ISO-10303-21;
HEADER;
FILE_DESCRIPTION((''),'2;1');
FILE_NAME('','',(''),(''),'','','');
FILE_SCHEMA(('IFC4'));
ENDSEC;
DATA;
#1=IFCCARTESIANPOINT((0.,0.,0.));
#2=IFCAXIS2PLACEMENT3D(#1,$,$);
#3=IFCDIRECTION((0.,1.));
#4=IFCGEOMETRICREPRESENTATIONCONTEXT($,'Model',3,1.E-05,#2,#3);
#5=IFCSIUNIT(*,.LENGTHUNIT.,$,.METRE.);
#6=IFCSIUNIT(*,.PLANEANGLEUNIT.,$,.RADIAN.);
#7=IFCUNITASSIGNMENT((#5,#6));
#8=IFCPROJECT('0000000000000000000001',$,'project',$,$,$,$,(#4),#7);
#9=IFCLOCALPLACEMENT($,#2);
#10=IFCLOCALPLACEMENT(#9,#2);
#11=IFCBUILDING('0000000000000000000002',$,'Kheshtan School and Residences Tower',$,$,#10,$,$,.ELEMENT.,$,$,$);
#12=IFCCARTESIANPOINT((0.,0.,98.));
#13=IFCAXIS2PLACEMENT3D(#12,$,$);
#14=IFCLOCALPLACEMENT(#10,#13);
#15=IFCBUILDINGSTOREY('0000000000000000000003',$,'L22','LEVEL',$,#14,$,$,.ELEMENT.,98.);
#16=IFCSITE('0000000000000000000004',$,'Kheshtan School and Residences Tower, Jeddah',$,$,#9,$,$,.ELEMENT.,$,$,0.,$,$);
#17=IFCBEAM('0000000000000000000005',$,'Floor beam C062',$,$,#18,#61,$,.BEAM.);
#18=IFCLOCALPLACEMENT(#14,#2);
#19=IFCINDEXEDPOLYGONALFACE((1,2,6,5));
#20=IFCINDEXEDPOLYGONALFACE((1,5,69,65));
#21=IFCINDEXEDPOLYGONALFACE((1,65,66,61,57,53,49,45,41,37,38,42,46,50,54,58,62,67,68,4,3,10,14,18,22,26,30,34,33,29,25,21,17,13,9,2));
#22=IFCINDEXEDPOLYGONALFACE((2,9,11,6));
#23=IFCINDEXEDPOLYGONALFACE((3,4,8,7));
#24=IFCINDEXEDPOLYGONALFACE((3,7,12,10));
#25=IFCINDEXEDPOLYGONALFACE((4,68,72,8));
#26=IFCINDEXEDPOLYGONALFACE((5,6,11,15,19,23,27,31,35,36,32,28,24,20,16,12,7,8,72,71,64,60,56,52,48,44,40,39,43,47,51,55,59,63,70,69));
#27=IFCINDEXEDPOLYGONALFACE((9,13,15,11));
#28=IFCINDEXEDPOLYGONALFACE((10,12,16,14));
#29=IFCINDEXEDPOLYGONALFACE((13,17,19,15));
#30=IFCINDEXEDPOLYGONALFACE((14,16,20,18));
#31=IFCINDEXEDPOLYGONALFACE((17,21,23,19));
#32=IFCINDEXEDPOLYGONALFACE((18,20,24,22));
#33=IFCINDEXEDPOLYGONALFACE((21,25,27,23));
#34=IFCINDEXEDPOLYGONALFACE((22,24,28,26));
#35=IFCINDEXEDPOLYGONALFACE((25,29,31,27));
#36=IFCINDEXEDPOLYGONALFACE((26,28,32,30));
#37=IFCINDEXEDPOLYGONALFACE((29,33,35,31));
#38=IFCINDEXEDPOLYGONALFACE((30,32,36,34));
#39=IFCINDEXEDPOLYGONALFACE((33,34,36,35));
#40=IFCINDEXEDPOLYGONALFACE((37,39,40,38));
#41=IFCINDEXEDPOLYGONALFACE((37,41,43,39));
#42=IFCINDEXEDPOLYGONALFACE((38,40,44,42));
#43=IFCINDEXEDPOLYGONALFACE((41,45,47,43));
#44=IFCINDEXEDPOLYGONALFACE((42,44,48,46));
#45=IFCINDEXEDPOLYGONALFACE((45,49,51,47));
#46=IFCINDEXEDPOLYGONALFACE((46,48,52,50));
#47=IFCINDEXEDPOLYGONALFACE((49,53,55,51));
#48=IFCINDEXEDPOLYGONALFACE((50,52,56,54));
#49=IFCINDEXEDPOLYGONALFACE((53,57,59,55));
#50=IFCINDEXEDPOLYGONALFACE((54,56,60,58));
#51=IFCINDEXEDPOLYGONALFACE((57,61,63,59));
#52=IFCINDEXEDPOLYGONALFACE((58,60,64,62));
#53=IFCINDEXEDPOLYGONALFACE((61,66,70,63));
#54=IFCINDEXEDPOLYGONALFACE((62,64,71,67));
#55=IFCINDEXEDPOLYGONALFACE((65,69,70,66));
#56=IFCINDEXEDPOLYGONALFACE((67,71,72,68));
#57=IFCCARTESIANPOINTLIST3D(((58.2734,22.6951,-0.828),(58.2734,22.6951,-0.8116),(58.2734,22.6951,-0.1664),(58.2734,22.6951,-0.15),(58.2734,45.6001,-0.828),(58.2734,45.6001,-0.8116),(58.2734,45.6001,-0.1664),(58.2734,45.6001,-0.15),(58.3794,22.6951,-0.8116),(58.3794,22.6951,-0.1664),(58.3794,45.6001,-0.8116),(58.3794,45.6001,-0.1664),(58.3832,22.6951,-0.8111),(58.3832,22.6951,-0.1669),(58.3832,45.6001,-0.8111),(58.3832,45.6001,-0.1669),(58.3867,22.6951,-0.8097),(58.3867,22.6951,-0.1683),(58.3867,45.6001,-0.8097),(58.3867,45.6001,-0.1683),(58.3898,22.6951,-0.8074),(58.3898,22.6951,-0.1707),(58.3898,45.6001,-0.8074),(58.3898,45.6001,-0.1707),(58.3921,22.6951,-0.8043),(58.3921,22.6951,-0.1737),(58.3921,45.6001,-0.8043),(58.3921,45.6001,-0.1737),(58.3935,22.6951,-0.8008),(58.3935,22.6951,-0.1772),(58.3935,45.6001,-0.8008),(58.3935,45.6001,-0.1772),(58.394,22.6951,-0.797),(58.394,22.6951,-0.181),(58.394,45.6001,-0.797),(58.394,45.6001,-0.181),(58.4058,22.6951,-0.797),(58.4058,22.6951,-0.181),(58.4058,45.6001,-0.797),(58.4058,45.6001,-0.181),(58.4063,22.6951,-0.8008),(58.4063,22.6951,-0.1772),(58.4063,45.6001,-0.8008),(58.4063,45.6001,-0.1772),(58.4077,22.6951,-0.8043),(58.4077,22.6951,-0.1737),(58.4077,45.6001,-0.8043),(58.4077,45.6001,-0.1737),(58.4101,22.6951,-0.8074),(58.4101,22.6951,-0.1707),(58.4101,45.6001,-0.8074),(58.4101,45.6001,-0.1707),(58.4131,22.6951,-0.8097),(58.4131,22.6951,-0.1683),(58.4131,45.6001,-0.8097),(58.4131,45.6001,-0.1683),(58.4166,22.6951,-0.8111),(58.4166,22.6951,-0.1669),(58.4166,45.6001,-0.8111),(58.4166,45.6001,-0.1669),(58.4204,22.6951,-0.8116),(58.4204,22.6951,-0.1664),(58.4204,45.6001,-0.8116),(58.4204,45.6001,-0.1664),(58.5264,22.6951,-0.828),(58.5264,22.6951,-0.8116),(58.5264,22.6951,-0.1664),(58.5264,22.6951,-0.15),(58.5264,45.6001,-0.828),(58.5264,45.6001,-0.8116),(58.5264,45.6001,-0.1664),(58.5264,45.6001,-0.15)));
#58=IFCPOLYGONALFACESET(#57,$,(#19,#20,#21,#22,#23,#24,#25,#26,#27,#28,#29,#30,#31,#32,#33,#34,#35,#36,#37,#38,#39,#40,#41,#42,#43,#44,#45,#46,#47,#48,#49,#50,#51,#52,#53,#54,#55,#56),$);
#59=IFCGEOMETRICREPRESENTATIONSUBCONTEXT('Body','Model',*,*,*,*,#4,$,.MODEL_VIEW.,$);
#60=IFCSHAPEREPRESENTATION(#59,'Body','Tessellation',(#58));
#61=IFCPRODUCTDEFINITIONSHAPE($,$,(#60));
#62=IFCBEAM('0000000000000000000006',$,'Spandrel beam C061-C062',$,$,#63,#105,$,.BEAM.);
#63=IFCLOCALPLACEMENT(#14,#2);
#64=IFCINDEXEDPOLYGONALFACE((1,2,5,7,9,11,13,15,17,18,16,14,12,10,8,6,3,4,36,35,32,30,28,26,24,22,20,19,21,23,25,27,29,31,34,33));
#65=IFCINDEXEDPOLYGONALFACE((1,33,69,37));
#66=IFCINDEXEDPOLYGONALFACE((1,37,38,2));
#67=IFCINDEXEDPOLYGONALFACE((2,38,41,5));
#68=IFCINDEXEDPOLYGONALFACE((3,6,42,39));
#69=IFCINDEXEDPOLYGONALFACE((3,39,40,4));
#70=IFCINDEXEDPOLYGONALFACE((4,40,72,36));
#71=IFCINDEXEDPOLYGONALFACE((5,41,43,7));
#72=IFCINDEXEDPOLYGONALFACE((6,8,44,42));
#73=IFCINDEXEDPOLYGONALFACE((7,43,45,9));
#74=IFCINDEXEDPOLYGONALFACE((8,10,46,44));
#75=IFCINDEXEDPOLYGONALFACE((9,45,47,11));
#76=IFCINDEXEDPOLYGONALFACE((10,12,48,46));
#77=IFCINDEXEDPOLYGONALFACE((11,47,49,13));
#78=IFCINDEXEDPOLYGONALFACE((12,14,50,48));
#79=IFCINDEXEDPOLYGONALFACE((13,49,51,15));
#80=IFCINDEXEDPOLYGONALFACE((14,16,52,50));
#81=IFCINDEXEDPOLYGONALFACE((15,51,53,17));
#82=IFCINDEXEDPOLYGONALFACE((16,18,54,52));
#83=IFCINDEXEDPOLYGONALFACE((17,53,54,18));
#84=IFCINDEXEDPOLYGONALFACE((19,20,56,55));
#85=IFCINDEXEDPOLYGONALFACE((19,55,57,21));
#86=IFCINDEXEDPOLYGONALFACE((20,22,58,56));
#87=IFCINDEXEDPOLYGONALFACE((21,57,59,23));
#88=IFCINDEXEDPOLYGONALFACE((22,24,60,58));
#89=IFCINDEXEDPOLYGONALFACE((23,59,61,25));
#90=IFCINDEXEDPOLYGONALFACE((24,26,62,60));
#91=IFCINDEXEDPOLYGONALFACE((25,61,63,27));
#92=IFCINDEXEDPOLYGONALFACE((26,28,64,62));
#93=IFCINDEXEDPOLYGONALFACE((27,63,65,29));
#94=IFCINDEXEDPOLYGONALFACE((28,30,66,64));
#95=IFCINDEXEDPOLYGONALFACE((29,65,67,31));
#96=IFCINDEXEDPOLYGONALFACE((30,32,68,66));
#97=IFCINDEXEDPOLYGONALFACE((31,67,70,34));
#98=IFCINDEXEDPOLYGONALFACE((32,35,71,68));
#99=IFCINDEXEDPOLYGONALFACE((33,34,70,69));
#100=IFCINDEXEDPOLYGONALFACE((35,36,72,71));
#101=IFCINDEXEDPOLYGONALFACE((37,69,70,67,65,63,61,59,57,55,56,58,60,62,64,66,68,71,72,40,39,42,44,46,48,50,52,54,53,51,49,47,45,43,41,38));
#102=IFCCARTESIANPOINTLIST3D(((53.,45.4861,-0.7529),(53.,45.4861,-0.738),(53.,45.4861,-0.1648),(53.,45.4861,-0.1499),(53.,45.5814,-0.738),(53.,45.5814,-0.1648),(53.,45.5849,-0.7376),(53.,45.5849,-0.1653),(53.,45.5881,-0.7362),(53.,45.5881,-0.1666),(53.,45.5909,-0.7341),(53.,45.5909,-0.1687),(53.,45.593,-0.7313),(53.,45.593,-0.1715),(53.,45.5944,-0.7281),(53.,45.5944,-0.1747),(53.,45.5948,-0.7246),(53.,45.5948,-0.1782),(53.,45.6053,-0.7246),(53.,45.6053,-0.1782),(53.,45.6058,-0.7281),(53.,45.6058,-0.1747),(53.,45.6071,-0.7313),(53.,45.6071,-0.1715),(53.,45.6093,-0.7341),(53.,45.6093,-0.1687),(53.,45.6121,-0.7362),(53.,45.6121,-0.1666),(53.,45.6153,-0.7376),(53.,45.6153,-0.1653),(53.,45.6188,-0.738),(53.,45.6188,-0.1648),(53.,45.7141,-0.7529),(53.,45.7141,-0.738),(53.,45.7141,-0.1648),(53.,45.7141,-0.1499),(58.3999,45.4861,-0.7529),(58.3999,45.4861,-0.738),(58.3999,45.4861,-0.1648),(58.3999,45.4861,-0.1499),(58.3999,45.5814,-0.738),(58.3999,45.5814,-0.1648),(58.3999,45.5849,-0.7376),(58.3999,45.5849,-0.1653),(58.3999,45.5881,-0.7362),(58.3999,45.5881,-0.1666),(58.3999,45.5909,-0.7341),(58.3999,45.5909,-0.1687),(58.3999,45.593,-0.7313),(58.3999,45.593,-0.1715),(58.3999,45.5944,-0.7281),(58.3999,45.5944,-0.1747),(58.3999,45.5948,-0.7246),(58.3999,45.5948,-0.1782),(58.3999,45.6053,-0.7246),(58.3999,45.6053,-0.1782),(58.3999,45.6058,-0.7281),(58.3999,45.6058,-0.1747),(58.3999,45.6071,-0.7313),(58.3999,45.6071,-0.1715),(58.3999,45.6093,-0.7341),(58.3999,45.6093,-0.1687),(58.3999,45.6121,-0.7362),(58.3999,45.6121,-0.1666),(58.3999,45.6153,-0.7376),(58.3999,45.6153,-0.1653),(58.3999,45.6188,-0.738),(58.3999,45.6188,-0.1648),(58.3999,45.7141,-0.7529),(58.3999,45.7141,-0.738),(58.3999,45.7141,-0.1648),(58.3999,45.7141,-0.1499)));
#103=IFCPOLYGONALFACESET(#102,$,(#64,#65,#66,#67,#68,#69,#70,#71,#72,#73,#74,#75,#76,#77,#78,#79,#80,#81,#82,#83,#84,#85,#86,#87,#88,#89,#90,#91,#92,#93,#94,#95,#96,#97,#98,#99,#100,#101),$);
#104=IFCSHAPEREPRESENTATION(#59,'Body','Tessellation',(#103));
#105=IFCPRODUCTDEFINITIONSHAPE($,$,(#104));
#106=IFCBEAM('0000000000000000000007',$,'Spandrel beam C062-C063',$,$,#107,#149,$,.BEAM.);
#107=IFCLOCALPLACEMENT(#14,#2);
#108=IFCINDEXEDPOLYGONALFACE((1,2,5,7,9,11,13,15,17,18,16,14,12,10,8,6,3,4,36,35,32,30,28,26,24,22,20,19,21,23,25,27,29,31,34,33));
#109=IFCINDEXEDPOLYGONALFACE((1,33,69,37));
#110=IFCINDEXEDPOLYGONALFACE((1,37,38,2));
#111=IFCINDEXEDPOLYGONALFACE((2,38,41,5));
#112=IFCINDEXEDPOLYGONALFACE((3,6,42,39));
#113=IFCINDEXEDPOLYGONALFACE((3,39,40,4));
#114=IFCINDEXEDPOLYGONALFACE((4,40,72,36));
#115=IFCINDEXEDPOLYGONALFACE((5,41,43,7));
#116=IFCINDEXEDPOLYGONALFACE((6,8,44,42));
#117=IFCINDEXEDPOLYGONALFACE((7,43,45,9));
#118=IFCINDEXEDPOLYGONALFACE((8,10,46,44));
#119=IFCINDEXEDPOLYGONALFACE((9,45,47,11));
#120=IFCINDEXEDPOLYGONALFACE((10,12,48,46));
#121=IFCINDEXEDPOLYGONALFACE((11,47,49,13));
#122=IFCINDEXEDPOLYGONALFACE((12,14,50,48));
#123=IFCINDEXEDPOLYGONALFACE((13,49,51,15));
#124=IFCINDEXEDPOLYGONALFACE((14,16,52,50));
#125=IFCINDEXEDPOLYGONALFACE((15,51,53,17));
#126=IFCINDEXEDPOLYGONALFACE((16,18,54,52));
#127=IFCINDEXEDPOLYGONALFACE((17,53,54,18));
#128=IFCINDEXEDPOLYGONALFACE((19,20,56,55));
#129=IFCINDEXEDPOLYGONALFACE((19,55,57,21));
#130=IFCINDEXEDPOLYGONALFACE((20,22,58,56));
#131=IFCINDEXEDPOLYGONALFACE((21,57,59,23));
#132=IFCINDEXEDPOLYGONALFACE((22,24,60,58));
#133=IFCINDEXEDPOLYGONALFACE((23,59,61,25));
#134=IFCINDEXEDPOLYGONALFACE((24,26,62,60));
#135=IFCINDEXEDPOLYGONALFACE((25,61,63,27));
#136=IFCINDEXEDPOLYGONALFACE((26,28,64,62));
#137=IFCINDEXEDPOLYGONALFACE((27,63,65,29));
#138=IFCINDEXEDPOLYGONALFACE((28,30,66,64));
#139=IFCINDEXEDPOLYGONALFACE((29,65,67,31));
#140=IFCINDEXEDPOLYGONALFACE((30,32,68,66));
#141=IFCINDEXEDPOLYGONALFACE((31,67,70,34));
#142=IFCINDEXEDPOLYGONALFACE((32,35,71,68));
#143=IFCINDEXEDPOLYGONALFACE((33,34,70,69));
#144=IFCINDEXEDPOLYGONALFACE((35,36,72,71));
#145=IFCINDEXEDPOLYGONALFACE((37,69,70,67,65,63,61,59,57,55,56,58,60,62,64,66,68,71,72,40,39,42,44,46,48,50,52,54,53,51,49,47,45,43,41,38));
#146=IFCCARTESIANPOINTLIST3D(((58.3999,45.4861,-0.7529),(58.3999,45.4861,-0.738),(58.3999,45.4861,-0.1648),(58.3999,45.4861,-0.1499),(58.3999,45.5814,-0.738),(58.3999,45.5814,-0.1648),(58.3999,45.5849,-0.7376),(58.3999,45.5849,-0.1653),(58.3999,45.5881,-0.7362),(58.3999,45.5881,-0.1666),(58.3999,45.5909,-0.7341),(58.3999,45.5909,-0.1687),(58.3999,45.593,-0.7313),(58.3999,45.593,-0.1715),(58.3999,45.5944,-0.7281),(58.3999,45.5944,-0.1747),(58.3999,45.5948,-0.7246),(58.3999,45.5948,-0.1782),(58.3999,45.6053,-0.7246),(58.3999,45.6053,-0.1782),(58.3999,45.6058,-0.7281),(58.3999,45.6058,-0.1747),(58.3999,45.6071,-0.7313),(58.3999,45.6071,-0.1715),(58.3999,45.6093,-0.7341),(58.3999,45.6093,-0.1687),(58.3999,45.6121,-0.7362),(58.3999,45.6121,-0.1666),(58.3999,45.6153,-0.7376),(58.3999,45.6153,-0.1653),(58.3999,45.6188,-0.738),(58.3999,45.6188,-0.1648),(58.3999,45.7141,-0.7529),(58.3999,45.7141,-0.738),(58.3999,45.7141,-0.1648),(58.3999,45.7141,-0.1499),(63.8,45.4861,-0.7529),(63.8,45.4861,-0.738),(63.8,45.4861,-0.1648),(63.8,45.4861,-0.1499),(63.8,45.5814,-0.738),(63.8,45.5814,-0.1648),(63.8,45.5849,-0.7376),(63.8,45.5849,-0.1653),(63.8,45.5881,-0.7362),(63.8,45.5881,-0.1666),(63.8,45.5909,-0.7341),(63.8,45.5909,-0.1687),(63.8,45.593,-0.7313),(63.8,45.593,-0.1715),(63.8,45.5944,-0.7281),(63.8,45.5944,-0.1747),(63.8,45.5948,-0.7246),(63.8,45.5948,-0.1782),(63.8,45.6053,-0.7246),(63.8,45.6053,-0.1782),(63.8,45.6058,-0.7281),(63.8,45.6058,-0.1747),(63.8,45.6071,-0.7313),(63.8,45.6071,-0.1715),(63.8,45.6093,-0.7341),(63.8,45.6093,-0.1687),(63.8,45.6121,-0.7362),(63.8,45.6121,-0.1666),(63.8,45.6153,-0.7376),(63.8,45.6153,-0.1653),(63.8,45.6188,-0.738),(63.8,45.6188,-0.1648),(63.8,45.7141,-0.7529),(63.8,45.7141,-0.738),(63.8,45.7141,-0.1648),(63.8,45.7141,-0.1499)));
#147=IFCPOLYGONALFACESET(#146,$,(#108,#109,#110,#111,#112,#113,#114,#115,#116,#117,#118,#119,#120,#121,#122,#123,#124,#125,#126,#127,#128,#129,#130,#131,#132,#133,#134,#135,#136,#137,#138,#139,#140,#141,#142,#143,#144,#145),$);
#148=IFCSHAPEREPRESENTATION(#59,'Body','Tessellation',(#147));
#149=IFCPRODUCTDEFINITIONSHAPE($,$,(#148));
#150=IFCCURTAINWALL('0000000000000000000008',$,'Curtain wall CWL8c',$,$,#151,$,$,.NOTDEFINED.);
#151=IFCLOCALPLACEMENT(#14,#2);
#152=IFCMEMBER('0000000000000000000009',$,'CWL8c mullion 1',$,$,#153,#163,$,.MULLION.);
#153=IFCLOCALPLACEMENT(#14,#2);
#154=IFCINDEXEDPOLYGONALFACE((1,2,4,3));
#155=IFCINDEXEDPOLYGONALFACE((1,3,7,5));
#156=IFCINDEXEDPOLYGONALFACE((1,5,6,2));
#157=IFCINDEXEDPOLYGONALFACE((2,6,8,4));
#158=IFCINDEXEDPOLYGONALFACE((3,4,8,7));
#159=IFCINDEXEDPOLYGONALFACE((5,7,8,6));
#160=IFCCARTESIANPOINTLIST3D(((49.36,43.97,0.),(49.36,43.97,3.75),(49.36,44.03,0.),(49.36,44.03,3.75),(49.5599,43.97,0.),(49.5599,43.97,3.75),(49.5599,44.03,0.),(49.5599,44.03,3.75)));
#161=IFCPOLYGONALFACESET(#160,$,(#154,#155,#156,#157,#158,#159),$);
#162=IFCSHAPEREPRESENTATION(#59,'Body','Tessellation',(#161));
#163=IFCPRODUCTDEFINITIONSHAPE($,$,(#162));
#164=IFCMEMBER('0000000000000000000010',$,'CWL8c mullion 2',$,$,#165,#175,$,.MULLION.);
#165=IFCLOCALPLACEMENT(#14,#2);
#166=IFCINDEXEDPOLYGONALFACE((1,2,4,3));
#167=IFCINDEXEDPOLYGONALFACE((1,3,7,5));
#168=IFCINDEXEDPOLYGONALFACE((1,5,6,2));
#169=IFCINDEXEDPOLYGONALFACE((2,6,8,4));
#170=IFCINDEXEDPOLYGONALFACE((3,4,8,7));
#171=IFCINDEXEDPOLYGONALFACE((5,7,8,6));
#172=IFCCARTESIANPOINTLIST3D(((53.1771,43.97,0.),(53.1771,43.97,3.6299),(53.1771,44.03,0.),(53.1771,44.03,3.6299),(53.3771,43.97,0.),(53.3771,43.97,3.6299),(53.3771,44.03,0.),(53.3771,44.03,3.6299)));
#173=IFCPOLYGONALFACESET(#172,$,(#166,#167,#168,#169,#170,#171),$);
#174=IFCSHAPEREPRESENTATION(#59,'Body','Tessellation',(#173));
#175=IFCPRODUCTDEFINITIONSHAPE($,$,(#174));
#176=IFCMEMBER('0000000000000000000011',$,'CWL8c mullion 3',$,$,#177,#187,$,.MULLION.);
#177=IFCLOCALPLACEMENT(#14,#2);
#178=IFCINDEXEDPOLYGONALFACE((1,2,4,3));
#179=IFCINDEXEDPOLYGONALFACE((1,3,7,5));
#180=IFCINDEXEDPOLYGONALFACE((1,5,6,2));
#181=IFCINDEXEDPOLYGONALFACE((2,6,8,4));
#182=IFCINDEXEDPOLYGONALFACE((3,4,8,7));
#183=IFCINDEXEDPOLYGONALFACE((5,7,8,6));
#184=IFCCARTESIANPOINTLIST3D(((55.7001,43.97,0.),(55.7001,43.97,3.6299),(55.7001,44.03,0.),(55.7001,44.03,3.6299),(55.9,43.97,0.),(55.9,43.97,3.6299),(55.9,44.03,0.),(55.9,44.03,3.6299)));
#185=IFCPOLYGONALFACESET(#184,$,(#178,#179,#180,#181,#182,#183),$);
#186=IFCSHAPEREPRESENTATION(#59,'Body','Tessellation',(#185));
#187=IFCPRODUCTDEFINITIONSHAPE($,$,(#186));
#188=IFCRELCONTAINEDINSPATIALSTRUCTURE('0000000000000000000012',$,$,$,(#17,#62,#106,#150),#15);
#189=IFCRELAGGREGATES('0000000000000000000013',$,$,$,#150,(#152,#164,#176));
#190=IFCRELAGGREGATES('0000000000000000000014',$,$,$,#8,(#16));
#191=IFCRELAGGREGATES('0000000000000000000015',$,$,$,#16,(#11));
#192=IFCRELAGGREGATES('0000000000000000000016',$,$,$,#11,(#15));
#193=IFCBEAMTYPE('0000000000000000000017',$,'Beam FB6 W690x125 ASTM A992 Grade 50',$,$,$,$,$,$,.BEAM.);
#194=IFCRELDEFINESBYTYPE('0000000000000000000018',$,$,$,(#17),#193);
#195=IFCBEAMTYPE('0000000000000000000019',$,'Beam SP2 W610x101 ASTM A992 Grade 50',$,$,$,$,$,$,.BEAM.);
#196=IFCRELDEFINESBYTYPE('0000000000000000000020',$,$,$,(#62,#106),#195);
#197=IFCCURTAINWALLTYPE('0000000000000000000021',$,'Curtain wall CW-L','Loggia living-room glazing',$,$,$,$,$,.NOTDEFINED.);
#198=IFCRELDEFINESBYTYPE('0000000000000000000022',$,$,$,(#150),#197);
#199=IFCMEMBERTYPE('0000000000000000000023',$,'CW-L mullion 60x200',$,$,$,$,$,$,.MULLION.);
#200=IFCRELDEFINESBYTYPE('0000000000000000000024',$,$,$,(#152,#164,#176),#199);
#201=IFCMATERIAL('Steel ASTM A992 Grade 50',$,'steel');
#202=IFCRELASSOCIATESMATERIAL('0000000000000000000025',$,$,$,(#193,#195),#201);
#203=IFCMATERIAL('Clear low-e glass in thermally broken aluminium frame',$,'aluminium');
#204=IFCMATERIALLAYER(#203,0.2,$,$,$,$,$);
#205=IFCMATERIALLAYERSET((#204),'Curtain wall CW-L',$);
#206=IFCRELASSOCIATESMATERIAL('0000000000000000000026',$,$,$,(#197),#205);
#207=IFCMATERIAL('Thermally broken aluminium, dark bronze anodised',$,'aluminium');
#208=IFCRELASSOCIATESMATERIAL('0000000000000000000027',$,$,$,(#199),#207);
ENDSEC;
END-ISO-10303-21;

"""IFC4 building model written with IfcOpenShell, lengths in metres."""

from ifc_helpers import new_model, si_unit, direction, frame, origin, origin_2d, place, context, subcontext, project, spatial, rectangle, i_section, extrude, material, layer, layer_set, material_profile, profile_set, type_object, element, aggregate, save


model = new_model("IFC4")

# Units and contexts
model_context = context("Model", 3, precision=1e-05, world=origin(), true_north=direction((0.0, 1.0)))
body_context = subcontext(model_context, "Body", "Model", "MODEL_VIEW")
ifc_project = project(units=[si_unit("LENGTHUNIT", "METRE"), si_unit("PLANEANGLEUNIT", "RADIAN")], contexts=[model_context])

# Site, building, storey
site_placement = place(None, origin())
site = spatial("IfcSite", under=ifc_project, at=site_placement, Name="Kheshtan School and Residences Tower, Jeddah", CompositionType="ELEMENT", RefElevation=0.0)
building_placement = place(site_placement, origin())
building = spatial("IfcBuilding", under=site, at=building_placement, Name="Kheshtan School and Residences Tower", CompositionType="ELEMENT")
storey_placement = place(building_placement, frame((0.0, 0.0, 98.0)))
storey = spatial("IfcBuildingStorey", under=building, at=storey_placement, Name="L22", Description="LEVEL", CompositionType="ELEMENT", Elevation=98.0)

# Shared definitions
ifc_material_1 = material(Name="Steel ASTM A992 Grade 50", Category="steel")

# Beams
ifc_material_profile_1 = material_profile(ifc_material_1, i_section(OverallWidth=0.2529, OverallDepth=0.678, WebThickness=0.0117, FlangeThickness=0.0164, FilletRadius=0.0146, at=origin_2d()), Name="W690x125")
ifc_profile_set_1 = profile_set([ifc_material_profile_1], Name="Steel ASTM A992 Grade 50")
beam_type_1 = type_object("IfcBeamType", Name="Beam FB6 W690x125 ASTM A992 Grade 50", PredefinedType="BEAM", material=ifc_profile_set_1)
beam_1_placement = place(storey_placement, frame((58.3999, 45.6001, -0.489), z_axis=(0.0, -1.0, 0.0), x_axis=(1.0, 0.0, 0.0)))
element("IfcBeam", 1, at=beam_1_placement, inside=storey, type_object=beam_type_1, Name="Floor beam C062", PredefinedType="BEAM", context=body_context, shape_type="SweptSolid", body=[
    extrude(i_section(OverallWidth=0.2529, OverallDepth=0.678, WebThickness=0.0117, FlangeThickness=0.0164, FilletRadius=0.0146, at=origin_2d()), origin(), (0.0, 0.0, 1.0), 22.905),
])
ifc_material_profile_2 = material_profile(ifc_material_1, i_section(OverallWidth=0.228, OverallDepth=0.603, WebThickness=0.0105, FlangeThickness=0.0149, FilletRadius=0.0134, at=origin_2d()), Name="W610x101")
ifc_profile_set_2 = profile_set([ifc_material_profile_2], Name="Steel ASTM A992 Grade 50")
beam_type_2 = type_object("IfcBeamType", Name="Beam SP2 W610x101 ASTM A992 Grade 50", PredefinedType="BEAM", material=ifc_profile_set_2)
beam_2_placement = place(storey_placement, frame((53.0, 45.6001, -0.4514), z_axis=(1.0, 0.0, 0.0), x_axis=(0.0, 1.0, 0.0)))
element("IfcBeam", 2, at=beam_2_placement, inside=storey, type_object=beam_type_2, Name="Spandrel beam C061-C062", PredefinedType="BEAM", context=body_context, shape_type="SweptSolid", body=[
    extrude(i_section(OverallWidth=0.228, OverallDepth=0.603, WebThickness=0.0105, FlangeThickness=0.0149, FilletRadius=0.0134, at=origin_2d()), origin(), (0.0, 0.0, 1.0), 5.3999),
])
beam_3_placement = place(storey_placement, frame((58.3999, 45.6001, -0.4514), z_axis=(1.0, 0.0, 0.0), x_axis=(0.0, 1.0, 0.0)))
element("IfcBeam", 3, at=beam_3_placement, inside=storey, type_object=beam_type_2, Name="Spandrel beam C062-C063", PredefinedType="BEAM", context=body_context, shape_type="SweptSolid", body=[
    extrude(i_section(OverallWidth=0.228, OverallDepth=0.603, WebThickness=0.0105, FlangeThickness=0.0149, FilletRadius=0.0134, at=origin_2d()), origin(), (0.0, 0.0, 1.0), 5.4001),
])

# Curtain wall, members
ifc_material_2 = material(Name="Clear low-e glass in thermally broken aluminium frame", Category="aluminium")
ifc_layer_1 = layer(ifc_material_2, 0.2)
ifc_layer_set_1 = layer_set([ifc_layer_1], Name="Curtain wall CW-L")
curtain_wall_type = type_object("IfcCurtainWallType", Name="Curtain wall CW-L", Description="Loggia living-room glazing", PredefinedType="NOTDEFINED", material=ifc_layer_set_1)
curtain_wall_1_placement = place(storey_placement, origin())
curtain_wall_1 = element("IfcCurtainWall", 4, at=curtain_wall_1_placement, inside=storey, type_object=curtain_wall_type, Name="Curtain wall CWL8c", PredefinedType="NOTDEFINED")
ifc_material_3 = material(Name="Thermally broken aluminium, dark bronze anodised", Category="aluminium")
ifc_material_profile_3 = material_profile(ifc_material_3, rectangle(XDim=0.0601, YDim=0.2, at=origin_2d()), Name="CW-L mullion 60x200")
ifc_profile_set_3 = profile_set([ifc_material_profile_3], Name="Thermally broken aluminium, dark bronze anodised")
member_type_1 = type_object("IfcMemberType", Name="CW-L mullion 60x200", PredefinedType="MULLION", material=ifc_profile_set_3)
member_1_placement = place(storey_placement, frame((49.46, 44.0, 0.0), z_axis=(0.0, 0.0, 1.0), x_axis=(0.0, 1.0, 0.0)))
member_1 = element("IfcMember", 5, at=member_1_placement, type_object=member_type_1, Name="CWL8c mullion 1", PredefinedType="MULLION", context=body_context, shape_type="SweptSolid", body=[
    extrude(rectangle(XDim=0.0601, YDim=0.2, at=origin_2d()), origin(), (0.0, 0.0, 1.0), 3.75),
])
member_2_placement = place(storey_placement, frame((53.2771, 44.0, 0.0), z_axis=(0.0, 0.0, 1.0), x_axis=(0.0, 1.0, 0.0)))
member_2 = element("IfcMember", 6, at=member_2_placement, type_object=member_type_1, Name="CWL8c mullion 2", PredefinedType="MULLION", context=body_context, shape_type="SweptSolid", body=[
    extrude(rectangle(XDim=0.0601, YDim=0.2, at=origin_2d()), origin(), (0.0, 0.0, 1.0), 3.6299),
])
member_3_placement = place(storey_placement, frame((55.8, 44.0, 0.0), z_axis=(0.0, 0.0, 1.0), x_axis=(0.0, 1.0, 0.0)))
member_3 = element("IfcMember", 7, at=member_3_placement, type_object=member_type_1, Name="CWL8c mullion 3", PredefinedType="MULLION", context=body_context, shape_type="SweptSolid", body=[
    extrude(rectangle(XDim=0.0601, YDim=0.2, at=origin_2d()), origin(), (0.0, 0.0, 1.0), 3.6299),
])

aggregate(curtain_wall_1, [member_1, member_2, member_3])

save(model, "model.ifc")
